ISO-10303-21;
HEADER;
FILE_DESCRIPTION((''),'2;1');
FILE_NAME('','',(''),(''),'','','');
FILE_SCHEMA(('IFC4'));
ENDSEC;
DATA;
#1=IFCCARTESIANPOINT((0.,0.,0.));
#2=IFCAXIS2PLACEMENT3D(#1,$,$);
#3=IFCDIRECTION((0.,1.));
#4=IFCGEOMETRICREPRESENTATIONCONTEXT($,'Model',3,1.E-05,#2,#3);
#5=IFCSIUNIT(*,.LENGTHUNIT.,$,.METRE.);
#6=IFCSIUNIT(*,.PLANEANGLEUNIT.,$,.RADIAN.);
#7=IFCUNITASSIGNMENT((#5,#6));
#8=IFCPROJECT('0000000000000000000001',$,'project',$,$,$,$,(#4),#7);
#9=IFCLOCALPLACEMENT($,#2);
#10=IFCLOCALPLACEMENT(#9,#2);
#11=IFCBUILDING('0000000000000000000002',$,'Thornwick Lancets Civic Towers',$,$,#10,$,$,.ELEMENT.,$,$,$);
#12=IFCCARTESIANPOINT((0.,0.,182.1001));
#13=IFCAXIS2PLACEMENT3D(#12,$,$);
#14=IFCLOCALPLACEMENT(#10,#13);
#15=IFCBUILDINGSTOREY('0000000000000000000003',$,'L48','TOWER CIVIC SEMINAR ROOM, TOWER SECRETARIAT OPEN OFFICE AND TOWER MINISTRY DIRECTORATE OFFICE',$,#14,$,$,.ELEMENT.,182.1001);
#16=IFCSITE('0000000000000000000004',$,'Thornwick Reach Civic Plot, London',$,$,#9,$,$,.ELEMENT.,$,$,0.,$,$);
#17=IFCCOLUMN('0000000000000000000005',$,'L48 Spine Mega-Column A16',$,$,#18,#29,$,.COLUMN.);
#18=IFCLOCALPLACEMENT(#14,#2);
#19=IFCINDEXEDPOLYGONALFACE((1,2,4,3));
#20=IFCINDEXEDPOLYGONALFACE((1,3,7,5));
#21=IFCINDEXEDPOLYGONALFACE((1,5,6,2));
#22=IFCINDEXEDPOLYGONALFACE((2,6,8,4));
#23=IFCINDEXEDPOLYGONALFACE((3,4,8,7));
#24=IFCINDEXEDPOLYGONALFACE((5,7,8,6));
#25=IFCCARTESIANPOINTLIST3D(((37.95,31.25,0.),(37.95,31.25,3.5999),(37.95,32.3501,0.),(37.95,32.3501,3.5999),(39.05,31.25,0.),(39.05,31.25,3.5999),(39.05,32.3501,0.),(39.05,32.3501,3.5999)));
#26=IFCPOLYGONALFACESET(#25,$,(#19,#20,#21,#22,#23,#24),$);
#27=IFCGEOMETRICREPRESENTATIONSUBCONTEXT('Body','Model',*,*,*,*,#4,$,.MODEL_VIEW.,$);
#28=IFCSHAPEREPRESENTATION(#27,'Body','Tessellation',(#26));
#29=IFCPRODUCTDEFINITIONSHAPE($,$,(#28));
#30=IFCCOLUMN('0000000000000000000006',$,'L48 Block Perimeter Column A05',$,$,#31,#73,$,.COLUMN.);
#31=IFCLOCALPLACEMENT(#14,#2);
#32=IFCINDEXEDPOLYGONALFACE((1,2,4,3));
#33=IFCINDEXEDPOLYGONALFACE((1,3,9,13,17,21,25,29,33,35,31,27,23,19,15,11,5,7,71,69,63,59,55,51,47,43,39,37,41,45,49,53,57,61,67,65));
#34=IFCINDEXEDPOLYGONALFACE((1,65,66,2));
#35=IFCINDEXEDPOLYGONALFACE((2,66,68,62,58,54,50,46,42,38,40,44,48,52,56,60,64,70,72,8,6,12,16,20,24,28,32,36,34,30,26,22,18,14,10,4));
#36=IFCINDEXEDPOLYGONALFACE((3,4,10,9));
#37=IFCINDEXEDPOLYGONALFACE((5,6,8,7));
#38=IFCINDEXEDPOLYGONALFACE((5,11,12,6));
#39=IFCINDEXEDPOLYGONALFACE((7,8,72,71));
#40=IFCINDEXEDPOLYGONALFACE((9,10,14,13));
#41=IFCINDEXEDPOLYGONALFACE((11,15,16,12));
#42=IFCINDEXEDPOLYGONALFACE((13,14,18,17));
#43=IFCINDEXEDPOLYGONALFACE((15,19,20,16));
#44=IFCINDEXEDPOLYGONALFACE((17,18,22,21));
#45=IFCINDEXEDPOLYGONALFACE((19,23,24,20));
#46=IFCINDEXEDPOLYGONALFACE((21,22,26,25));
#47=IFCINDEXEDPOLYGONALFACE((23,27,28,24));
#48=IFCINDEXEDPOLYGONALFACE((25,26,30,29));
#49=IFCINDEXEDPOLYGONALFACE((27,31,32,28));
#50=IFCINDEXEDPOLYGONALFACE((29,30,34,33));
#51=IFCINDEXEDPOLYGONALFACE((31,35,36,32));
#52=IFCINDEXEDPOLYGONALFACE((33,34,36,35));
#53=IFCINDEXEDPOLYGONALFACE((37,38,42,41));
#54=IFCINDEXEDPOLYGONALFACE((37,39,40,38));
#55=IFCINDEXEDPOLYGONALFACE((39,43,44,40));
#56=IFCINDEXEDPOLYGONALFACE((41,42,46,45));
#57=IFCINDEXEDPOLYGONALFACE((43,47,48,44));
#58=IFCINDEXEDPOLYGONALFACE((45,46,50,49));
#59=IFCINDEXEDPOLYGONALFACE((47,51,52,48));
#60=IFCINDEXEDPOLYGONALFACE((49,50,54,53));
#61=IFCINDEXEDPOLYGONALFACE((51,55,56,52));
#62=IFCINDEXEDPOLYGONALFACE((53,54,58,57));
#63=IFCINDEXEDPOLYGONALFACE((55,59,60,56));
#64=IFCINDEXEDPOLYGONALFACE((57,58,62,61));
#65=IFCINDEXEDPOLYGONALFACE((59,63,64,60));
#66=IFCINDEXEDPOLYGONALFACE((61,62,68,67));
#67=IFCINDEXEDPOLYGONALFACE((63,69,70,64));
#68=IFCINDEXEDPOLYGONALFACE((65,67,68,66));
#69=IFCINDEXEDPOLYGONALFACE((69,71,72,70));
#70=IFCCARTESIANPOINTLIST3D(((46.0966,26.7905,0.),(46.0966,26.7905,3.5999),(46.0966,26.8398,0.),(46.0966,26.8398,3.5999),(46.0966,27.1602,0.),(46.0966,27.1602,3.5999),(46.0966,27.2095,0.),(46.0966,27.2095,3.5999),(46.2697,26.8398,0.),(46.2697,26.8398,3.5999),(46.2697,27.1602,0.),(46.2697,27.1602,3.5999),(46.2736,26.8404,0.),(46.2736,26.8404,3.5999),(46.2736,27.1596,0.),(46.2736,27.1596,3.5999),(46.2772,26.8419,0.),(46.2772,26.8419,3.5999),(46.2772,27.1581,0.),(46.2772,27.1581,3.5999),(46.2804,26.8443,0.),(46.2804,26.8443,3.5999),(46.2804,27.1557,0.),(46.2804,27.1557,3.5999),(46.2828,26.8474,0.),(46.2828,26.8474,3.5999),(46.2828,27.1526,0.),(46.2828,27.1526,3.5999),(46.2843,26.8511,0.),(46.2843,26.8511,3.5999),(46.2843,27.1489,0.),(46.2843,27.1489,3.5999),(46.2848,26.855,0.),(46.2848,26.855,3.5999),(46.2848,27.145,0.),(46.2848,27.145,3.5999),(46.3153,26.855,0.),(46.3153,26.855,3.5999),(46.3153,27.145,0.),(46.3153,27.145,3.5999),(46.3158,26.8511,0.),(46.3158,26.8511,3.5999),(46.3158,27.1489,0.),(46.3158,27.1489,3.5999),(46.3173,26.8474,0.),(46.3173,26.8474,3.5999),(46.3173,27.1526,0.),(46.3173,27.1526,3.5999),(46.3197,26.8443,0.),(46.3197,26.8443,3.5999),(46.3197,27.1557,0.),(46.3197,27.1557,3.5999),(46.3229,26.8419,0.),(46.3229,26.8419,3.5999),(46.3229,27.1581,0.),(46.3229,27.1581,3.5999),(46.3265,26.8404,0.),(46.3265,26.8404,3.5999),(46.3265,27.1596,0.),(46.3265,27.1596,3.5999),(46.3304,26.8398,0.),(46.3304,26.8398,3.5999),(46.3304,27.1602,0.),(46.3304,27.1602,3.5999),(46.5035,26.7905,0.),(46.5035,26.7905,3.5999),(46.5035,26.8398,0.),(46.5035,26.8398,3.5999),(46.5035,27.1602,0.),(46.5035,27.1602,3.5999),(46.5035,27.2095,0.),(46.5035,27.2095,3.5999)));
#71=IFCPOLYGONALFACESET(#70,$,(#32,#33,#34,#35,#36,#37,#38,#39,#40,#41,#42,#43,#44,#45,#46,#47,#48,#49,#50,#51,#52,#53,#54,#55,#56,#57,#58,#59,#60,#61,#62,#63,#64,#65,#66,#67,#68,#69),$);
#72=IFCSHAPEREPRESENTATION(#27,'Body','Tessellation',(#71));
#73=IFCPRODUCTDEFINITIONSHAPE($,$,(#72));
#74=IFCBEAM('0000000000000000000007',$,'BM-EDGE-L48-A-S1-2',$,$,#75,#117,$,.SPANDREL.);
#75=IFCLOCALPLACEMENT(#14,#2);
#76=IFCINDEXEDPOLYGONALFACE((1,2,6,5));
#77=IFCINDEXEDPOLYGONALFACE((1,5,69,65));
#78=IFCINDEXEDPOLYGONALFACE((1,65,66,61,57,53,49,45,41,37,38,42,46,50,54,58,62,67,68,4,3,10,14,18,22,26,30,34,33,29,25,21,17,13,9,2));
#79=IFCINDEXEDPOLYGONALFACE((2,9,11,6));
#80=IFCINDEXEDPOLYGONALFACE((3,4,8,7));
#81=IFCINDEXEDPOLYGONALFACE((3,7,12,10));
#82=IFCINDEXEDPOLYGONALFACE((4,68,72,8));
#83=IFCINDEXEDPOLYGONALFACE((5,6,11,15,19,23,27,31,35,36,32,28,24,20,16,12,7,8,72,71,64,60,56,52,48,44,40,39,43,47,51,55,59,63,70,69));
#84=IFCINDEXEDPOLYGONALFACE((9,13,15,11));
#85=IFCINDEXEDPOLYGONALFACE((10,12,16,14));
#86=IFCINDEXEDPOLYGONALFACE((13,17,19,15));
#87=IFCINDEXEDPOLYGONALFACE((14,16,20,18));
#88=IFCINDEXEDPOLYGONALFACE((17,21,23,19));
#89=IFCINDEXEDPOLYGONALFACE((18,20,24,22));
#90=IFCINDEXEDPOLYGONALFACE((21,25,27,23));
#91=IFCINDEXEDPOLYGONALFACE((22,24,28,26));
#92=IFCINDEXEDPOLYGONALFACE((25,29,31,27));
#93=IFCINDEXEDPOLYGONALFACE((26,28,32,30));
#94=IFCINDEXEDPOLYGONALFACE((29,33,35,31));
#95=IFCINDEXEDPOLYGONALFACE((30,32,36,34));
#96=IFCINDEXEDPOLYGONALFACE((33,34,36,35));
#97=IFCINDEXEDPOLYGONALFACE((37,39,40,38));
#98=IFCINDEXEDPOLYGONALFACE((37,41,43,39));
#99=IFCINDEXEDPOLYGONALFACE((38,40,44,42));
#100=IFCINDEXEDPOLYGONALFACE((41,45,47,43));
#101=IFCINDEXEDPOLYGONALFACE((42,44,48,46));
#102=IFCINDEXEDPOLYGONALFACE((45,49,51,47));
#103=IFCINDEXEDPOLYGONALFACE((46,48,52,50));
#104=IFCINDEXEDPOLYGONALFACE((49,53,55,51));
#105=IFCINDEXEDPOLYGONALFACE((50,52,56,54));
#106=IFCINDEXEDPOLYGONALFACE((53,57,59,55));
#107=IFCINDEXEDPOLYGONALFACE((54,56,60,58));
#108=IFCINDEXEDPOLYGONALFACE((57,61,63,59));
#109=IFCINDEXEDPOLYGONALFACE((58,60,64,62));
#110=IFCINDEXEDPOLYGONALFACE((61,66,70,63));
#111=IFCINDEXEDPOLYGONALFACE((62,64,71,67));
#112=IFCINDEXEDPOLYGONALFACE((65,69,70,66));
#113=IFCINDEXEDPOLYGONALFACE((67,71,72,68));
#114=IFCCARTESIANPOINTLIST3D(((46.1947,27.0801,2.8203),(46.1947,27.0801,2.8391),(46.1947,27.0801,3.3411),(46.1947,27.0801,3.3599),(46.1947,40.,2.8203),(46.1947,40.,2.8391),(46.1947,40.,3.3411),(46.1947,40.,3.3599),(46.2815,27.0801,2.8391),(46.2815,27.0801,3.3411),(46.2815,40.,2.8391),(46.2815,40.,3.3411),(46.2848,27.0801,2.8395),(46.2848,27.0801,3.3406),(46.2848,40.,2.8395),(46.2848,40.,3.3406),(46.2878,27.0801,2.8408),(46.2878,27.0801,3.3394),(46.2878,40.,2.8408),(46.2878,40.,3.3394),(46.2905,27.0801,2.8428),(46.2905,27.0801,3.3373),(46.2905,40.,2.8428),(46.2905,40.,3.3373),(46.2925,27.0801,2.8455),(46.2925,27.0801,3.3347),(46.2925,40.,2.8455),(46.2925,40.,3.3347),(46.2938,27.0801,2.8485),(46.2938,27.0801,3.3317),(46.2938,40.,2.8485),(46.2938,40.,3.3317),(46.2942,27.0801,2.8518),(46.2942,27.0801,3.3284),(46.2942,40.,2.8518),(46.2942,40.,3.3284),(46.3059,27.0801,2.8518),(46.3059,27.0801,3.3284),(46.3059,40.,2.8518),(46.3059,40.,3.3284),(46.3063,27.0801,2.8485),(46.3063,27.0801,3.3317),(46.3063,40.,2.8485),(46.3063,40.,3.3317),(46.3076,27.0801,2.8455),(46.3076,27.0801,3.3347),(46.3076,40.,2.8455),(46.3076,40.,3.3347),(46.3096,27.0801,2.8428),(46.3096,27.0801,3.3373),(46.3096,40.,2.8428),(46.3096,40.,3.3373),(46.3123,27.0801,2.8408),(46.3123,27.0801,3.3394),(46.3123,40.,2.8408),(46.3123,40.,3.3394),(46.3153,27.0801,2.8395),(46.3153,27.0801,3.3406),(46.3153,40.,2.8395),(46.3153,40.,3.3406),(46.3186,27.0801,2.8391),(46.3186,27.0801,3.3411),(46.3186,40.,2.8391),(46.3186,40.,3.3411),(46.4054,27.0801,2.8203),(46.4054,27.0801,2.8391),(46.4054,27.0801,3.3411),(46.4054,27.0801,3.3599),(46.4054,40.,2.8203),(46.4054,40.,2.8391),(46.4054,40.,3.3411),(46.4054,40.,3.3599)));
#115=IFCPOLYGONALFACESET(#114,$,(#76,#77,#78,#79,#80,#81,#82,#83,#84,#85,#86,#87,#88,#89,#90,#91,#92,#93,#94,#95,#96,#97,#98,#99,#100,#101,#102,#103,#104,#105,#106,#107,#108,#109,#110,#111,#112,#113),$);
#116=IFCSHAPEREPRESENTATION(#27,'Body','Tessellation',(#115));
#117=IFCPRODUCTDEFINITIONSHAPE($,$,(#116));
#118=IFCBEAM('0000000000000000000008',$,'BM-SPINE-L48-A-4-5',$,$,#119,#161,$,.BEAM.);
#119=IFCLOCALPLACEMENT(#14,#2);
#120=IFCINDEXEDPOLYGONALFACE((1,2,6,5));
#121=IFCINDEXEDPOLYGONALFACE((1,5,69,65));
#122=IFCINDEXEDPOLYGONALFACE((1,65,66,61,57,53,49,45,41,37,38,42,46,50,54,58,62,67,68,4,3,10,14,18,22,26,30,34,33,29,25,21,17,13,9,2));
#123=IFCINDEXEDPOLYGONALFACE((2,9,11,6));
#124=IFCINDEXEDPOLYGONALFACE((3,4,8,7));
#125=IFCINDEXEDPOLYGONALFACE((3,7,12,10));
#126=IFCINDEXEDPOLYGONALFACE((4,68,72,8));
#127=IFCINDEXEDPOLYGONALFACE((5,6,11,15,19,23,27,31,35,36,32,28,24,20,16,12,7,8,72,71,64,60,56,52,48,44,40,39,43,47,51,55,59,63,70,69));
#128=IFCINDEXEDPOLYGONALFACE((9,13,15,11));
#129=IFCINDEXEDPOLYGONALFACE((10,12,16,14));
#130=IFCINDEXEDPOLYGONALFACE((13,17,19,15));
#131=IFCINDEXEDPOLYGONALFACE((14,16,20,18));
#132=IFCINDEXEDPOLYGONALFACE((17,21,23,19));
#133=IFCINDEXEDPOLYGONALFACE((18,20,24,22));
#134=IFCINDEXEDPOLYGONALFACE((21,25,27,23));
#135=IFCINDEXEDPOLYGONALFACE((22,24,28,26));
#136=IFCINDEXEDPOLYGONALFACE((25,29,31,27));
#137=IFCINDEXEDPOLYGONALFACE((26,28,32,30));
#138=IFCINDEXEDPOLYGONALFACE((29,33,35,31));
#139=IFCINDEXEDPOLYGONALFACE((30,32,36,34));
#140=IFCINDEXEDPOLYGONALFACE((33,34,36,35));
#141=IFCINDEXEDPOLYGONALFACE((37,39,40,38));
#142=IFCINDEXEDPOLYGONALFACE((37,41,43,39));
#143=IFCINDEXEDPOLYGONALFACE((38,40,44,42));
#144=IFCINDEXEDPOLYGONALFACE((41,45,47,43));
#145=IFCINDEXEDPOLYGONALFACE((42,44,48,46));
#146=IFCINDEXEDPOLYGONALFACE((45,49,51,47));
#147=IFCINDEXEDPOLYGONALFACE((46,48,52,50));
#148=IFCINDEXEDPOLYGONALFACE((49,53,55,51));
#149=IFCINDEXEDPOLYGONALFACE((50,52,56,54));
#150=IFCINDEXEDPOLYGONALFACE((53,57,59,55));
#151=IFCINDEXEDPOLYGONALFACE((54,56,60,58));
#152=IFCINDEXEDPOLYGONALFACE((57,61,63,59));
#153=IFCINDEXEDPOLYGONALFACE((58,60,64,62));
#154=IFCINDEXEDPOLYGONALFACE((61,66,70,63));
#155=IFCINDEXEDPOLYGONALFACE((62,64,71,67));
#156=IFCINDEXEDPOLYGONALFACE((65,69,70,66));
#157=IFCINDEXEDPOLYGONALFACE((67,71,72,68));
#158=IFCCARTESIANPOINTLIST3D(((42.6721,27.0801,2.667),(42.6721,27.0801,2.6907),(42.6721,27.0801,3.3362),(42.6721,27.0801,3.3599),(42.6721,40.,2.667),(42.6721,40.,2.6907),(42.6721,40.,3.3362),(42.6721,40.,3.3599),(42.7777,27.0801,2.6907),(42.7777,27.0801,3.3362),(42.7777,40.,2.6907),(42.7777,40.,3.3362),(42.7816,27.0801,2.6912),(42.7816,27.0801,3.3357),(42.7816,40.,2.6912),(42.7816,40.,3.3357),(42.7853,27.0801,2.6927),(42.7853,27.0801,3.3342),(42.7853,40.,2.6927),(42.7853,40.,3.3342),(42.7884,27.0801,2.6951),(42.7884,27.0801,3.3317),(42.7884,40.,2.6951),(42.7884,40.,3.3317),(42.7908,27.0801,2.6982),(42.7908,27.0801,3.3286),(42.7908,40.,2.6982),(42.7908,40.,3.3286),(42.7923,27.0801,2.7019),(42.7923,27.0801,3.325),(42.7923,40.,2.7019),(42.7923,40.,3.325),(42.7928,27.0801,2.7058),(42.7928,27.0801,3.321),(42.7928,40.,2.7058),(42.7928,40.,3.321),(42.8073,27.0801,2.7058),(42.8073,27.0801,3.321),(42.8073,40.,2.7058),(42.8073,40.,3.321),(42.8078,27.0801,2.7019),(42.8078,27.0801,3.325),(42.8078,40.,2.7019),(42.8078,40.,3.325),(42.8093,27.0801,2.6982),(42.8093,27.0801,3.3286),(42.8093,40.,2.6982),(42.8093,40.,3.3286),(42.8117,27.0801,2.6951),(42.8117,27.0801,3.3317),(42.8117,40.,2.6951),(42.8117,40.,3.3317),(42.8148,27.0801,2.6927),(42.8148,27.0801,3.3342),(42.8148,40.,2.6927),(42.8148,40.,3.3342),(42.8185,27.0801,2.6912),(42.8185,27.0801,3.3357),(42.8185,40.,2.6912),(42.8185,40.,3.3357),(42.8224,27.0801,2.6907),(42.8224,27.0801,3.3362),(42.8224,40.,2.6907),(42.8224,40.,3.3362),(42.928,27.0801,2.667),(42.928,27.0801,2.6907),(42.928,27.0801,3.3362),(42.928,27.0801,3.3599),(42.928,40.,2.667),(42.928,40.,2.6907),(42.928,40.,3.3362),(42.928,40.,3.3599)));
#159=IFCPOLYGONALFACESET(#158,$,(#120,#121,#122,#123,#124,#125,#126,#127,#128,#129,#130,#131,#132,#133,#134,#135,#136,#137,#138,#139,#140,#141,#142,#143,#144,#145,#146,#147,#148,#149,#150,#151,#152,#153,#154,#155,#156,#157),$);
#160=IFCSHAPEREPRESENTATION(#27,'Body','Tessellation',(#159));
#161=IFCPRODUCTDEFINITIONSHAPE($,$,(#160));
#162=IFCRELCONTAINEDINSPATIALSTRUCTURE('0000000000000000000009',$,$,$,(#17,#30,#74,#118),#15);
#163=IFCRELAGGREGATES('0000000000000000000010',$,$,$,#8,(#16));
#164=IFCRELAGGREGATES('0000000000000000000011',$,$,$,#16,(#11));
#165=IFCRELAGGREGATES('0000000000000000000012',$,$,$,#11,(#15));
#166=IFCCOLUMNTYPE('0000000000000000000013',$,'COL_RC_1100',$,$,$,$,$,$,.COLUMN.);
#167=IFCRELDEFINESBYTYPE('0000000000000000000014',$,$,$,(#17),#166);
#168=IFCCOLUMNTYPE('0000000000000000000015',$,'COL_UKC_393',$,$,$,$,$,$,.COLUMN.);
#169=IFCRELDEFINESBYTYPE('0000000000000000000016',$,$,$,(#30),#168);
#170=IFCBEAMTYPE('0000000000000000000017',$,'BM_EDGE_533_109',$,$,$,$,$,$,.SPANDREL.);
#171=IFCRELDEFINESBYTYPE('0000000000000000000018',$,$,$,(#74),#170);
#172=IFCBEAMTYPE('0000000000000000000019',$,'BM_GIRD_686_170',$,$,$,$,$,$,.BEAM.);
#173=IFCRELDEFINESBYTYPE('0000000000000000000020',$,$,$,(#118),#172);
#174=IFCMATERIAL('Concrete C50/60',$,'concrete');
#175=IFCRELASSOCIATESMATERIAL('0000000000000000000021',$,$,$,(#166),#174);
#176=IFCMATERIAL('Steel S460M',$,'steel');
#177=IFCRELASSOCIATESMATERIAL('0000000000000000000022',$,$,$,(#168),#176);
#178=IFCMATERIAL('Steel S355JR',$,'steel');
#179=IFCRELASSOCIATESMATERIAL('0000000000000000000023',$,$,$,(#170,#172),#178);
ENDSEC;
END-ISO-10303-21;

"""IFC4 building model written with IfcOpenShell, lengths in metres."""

from ifc_helpers import new_model, si_unit, direction, frame, origin, origin_2d, place, context, subcontext, project, spatial, rectangle, i_section, extrude, material, material_profile, profile_set, type_object, element, save


model = new_model("IFC4")

# Units and contexts
model_context = context("Model", 3, precision=1e-05, world=origin(), true_north=direction((0.0, 1.0)))
body_context = subcontext(model_context, "Body", "Model", "MODEL_VIEW")
ifc_project = project(units=[si_unit("LENGTHUNIT", "METRE"), si_unit("PLANEANGLEUNIT", "RADIAN")], contexts=[model_context])

# Site, building, storey
site_placement = place(None, origin())
site = spatial("IfcSite", under=ifc_project, at=site_placement, Name="Thornwick Reach Civic Plot, London", CompositionType="ELEMENT", RefElevation=0.0)
building_placement = place(site_placement, origin())
building = spatial("IfcBuilding", under=site, at=building_placement, Name="Thornwick Lancets Civic Towers", CompositionType="ELEMENT")
storey_placement = place(building_placement, frame((0.0, 0.0, 182.1001)))
storey = spatial("IfcBuildingStorey", under=building, at=storey_placement, Name="L48", Description="TOWER CIVIC SEMINAR ROOM, TOWER SECRETARIAT OPEN OFFICE AND TOWER MINISTRY DIRECTORATE OFFICE", CompositionType="ELEMENT", Elevation=182.1001)

# Columns
ifc_material_1 = material(Name="Concrete C50/60", Category="concrete")
ifc_material_profile_1 = material_profile(ifc_material_1, rectangle(XDim=1.1001, YDim=1.1001, at=origin_2d()), Name="RC 1100x1100")
ifc_profile_set_1 = profile_set([ifc_material_profile_1], Name="Concrete C50/60")
column_type_1 = type_object("IfcColumnType", Name="COL_RC_1100", PredefinedType="COLUMN", material=ifc_profile_set_1)
column_1_placement = place(storey_placement, frame((38.5, 31.8, 0.0), z_axis=(0.0, 0.0, 1.0), x_axis=(1.0, 0.0, 0.0)))
element("IfcColumn", 1, at=column_1_placement, inside=storey, type_object=column_type_1, Name="L48 Spine Mega-Column A16", PredefinedType="COLUMN", context=body_context, shape_type="SweptSolid", body=[
    extrude(rectangle(XDim=1.1001, YDim=1.1001, at=origin_2d()), origin(), (0.0, 0.0, 1.0), 3.5999),
])
ifc_material_2 = material(Name="Steel S460M", Category="steel")
ifc_material_profile_2 = material_profile(ifc_material_2, i_section(OverallWidth=0.407, OverallDepth=0.4189, WebThickness=0.0305, FlangeThickness=0.0493, FilletRadius=0.0151, at=origin_2d()), Name="UKC 356x406x393")
ifc_profile_set_2 = profile_set([ifc_material_profile_2], Name="Steel S460M")
column_type_2 = type_object("IfcColumnType", Name="COL_UKC_393", PredefinedType="COLUMN", material=ifc_profile_set_2)
column_2_placement = place(storey_placement, frame((46.3, 27.0, 0.0), z_axis=(0.0, 0.0, 1.0), x_axis=(1.0, 0.0, 0.0)))
element("IfcColumn", 2, at=column_2_placement, inside=storey, type_object=column_type_2, Name="L48 Block Perimeter Column A05", PredefinedType="COLUMN", context=body_context, shape_type="SweptSolid", body=[
    extrude(i_section(OverallWidth=0.407, OverallDepth=0.4189, WebThickness=0.0305, FlangeThickness=0.0493, FilletRadius=0.0151, at=origin_2d()), origin(), (0.0, 0.0, 1.0), 3.5999),
])

# Beams
ifc_material_3 = material(Name="Steel S355JR", Category="steel")
ifc_material_profile_3 = material_profile(ifc_material_3, i_section(OverallWidth=0.2107, OverallDepth=0.5396, WebThickness=0.0117, FlangeThickness=0.0188, FilletRadius=0.0127, at=origin_2d()), Name="UKB 533x210x109")
ifc_profile_set_3 = profile_set([ifc_material_profile_3], Name="Steel S355JR")
beam_type_1 = type_object("IfcBeamType", Name="BM_EDGE_533_109", PredefinedType="SPANDREL", material=ifc_profile_set_3)
beam_1_placement = place(storey_placement, frame((46.3, 27.0801, 3.0901), z_axis=(0.0, 1.0, 0.0), x_axis=(-1.0, 0.0, 0.0)))
element("IfcBeam", 3, at=beam_1_placement, inside=storey, type_object=beam_type_1, Name="BM-EDGE-L48-A-S1-2", PredefinedType="SPANDREL", context=body_context, shape_type="SweptSolid", body=[
    extrude(i_section(OverallWidth=0.2107, OverallDepth=0.5396, WebThickness=0.0117, FlangeThickness=0.0188, FilletRadius=0.0127, at=origin_2d()), origin(), (0.0, 0.0, 1.0), 12.9199),
])
ifc_material_profile_4 = material_profile(ifc_material_3, i_section(OverallWidth=0.2559, OverallDepth=0.6929, WebThickness=0.0144, FlangeThickness=0.0237, FilletRadius=0.0151, at=origin_2d()), Name="UKB 686x254x170")
ifc_profile_set_4 = profile_set([ifc_material_profile_4], Name="Steel S355JR")
beam_type_2 = type_object("IfcBeamType", Name="BM_GIRD_686_170", PredefinedType="BEAM", material=ifc_profile_set_4)
beam_2_placement = place(storey_placement, frame((42.8, 27.0801, 3.0134), z_axis=(0.0, 1.0, 0.0), x_axis=(-1.0, 0.0, 0.0)))
element("IfcBeam", 4, at=beam_2_placement, inside=storey, type_object=beam_type_2, Name="BM-SPINE-L48-A-4-5", PredefinedType="BEAM", context=body_context, shape_type="SweptSolid", body=[
    extrude(i_section(OverallWidth=0.2559, OverallDepth=0.6929, WebThickness=0.0144, FlangeThickness=0.0237, FilletRadius=0.0151, at=origin_2d()), origin(), (0.0, 0.0, 1.0), 12.9199),
])

save(model, "model.ifc")
